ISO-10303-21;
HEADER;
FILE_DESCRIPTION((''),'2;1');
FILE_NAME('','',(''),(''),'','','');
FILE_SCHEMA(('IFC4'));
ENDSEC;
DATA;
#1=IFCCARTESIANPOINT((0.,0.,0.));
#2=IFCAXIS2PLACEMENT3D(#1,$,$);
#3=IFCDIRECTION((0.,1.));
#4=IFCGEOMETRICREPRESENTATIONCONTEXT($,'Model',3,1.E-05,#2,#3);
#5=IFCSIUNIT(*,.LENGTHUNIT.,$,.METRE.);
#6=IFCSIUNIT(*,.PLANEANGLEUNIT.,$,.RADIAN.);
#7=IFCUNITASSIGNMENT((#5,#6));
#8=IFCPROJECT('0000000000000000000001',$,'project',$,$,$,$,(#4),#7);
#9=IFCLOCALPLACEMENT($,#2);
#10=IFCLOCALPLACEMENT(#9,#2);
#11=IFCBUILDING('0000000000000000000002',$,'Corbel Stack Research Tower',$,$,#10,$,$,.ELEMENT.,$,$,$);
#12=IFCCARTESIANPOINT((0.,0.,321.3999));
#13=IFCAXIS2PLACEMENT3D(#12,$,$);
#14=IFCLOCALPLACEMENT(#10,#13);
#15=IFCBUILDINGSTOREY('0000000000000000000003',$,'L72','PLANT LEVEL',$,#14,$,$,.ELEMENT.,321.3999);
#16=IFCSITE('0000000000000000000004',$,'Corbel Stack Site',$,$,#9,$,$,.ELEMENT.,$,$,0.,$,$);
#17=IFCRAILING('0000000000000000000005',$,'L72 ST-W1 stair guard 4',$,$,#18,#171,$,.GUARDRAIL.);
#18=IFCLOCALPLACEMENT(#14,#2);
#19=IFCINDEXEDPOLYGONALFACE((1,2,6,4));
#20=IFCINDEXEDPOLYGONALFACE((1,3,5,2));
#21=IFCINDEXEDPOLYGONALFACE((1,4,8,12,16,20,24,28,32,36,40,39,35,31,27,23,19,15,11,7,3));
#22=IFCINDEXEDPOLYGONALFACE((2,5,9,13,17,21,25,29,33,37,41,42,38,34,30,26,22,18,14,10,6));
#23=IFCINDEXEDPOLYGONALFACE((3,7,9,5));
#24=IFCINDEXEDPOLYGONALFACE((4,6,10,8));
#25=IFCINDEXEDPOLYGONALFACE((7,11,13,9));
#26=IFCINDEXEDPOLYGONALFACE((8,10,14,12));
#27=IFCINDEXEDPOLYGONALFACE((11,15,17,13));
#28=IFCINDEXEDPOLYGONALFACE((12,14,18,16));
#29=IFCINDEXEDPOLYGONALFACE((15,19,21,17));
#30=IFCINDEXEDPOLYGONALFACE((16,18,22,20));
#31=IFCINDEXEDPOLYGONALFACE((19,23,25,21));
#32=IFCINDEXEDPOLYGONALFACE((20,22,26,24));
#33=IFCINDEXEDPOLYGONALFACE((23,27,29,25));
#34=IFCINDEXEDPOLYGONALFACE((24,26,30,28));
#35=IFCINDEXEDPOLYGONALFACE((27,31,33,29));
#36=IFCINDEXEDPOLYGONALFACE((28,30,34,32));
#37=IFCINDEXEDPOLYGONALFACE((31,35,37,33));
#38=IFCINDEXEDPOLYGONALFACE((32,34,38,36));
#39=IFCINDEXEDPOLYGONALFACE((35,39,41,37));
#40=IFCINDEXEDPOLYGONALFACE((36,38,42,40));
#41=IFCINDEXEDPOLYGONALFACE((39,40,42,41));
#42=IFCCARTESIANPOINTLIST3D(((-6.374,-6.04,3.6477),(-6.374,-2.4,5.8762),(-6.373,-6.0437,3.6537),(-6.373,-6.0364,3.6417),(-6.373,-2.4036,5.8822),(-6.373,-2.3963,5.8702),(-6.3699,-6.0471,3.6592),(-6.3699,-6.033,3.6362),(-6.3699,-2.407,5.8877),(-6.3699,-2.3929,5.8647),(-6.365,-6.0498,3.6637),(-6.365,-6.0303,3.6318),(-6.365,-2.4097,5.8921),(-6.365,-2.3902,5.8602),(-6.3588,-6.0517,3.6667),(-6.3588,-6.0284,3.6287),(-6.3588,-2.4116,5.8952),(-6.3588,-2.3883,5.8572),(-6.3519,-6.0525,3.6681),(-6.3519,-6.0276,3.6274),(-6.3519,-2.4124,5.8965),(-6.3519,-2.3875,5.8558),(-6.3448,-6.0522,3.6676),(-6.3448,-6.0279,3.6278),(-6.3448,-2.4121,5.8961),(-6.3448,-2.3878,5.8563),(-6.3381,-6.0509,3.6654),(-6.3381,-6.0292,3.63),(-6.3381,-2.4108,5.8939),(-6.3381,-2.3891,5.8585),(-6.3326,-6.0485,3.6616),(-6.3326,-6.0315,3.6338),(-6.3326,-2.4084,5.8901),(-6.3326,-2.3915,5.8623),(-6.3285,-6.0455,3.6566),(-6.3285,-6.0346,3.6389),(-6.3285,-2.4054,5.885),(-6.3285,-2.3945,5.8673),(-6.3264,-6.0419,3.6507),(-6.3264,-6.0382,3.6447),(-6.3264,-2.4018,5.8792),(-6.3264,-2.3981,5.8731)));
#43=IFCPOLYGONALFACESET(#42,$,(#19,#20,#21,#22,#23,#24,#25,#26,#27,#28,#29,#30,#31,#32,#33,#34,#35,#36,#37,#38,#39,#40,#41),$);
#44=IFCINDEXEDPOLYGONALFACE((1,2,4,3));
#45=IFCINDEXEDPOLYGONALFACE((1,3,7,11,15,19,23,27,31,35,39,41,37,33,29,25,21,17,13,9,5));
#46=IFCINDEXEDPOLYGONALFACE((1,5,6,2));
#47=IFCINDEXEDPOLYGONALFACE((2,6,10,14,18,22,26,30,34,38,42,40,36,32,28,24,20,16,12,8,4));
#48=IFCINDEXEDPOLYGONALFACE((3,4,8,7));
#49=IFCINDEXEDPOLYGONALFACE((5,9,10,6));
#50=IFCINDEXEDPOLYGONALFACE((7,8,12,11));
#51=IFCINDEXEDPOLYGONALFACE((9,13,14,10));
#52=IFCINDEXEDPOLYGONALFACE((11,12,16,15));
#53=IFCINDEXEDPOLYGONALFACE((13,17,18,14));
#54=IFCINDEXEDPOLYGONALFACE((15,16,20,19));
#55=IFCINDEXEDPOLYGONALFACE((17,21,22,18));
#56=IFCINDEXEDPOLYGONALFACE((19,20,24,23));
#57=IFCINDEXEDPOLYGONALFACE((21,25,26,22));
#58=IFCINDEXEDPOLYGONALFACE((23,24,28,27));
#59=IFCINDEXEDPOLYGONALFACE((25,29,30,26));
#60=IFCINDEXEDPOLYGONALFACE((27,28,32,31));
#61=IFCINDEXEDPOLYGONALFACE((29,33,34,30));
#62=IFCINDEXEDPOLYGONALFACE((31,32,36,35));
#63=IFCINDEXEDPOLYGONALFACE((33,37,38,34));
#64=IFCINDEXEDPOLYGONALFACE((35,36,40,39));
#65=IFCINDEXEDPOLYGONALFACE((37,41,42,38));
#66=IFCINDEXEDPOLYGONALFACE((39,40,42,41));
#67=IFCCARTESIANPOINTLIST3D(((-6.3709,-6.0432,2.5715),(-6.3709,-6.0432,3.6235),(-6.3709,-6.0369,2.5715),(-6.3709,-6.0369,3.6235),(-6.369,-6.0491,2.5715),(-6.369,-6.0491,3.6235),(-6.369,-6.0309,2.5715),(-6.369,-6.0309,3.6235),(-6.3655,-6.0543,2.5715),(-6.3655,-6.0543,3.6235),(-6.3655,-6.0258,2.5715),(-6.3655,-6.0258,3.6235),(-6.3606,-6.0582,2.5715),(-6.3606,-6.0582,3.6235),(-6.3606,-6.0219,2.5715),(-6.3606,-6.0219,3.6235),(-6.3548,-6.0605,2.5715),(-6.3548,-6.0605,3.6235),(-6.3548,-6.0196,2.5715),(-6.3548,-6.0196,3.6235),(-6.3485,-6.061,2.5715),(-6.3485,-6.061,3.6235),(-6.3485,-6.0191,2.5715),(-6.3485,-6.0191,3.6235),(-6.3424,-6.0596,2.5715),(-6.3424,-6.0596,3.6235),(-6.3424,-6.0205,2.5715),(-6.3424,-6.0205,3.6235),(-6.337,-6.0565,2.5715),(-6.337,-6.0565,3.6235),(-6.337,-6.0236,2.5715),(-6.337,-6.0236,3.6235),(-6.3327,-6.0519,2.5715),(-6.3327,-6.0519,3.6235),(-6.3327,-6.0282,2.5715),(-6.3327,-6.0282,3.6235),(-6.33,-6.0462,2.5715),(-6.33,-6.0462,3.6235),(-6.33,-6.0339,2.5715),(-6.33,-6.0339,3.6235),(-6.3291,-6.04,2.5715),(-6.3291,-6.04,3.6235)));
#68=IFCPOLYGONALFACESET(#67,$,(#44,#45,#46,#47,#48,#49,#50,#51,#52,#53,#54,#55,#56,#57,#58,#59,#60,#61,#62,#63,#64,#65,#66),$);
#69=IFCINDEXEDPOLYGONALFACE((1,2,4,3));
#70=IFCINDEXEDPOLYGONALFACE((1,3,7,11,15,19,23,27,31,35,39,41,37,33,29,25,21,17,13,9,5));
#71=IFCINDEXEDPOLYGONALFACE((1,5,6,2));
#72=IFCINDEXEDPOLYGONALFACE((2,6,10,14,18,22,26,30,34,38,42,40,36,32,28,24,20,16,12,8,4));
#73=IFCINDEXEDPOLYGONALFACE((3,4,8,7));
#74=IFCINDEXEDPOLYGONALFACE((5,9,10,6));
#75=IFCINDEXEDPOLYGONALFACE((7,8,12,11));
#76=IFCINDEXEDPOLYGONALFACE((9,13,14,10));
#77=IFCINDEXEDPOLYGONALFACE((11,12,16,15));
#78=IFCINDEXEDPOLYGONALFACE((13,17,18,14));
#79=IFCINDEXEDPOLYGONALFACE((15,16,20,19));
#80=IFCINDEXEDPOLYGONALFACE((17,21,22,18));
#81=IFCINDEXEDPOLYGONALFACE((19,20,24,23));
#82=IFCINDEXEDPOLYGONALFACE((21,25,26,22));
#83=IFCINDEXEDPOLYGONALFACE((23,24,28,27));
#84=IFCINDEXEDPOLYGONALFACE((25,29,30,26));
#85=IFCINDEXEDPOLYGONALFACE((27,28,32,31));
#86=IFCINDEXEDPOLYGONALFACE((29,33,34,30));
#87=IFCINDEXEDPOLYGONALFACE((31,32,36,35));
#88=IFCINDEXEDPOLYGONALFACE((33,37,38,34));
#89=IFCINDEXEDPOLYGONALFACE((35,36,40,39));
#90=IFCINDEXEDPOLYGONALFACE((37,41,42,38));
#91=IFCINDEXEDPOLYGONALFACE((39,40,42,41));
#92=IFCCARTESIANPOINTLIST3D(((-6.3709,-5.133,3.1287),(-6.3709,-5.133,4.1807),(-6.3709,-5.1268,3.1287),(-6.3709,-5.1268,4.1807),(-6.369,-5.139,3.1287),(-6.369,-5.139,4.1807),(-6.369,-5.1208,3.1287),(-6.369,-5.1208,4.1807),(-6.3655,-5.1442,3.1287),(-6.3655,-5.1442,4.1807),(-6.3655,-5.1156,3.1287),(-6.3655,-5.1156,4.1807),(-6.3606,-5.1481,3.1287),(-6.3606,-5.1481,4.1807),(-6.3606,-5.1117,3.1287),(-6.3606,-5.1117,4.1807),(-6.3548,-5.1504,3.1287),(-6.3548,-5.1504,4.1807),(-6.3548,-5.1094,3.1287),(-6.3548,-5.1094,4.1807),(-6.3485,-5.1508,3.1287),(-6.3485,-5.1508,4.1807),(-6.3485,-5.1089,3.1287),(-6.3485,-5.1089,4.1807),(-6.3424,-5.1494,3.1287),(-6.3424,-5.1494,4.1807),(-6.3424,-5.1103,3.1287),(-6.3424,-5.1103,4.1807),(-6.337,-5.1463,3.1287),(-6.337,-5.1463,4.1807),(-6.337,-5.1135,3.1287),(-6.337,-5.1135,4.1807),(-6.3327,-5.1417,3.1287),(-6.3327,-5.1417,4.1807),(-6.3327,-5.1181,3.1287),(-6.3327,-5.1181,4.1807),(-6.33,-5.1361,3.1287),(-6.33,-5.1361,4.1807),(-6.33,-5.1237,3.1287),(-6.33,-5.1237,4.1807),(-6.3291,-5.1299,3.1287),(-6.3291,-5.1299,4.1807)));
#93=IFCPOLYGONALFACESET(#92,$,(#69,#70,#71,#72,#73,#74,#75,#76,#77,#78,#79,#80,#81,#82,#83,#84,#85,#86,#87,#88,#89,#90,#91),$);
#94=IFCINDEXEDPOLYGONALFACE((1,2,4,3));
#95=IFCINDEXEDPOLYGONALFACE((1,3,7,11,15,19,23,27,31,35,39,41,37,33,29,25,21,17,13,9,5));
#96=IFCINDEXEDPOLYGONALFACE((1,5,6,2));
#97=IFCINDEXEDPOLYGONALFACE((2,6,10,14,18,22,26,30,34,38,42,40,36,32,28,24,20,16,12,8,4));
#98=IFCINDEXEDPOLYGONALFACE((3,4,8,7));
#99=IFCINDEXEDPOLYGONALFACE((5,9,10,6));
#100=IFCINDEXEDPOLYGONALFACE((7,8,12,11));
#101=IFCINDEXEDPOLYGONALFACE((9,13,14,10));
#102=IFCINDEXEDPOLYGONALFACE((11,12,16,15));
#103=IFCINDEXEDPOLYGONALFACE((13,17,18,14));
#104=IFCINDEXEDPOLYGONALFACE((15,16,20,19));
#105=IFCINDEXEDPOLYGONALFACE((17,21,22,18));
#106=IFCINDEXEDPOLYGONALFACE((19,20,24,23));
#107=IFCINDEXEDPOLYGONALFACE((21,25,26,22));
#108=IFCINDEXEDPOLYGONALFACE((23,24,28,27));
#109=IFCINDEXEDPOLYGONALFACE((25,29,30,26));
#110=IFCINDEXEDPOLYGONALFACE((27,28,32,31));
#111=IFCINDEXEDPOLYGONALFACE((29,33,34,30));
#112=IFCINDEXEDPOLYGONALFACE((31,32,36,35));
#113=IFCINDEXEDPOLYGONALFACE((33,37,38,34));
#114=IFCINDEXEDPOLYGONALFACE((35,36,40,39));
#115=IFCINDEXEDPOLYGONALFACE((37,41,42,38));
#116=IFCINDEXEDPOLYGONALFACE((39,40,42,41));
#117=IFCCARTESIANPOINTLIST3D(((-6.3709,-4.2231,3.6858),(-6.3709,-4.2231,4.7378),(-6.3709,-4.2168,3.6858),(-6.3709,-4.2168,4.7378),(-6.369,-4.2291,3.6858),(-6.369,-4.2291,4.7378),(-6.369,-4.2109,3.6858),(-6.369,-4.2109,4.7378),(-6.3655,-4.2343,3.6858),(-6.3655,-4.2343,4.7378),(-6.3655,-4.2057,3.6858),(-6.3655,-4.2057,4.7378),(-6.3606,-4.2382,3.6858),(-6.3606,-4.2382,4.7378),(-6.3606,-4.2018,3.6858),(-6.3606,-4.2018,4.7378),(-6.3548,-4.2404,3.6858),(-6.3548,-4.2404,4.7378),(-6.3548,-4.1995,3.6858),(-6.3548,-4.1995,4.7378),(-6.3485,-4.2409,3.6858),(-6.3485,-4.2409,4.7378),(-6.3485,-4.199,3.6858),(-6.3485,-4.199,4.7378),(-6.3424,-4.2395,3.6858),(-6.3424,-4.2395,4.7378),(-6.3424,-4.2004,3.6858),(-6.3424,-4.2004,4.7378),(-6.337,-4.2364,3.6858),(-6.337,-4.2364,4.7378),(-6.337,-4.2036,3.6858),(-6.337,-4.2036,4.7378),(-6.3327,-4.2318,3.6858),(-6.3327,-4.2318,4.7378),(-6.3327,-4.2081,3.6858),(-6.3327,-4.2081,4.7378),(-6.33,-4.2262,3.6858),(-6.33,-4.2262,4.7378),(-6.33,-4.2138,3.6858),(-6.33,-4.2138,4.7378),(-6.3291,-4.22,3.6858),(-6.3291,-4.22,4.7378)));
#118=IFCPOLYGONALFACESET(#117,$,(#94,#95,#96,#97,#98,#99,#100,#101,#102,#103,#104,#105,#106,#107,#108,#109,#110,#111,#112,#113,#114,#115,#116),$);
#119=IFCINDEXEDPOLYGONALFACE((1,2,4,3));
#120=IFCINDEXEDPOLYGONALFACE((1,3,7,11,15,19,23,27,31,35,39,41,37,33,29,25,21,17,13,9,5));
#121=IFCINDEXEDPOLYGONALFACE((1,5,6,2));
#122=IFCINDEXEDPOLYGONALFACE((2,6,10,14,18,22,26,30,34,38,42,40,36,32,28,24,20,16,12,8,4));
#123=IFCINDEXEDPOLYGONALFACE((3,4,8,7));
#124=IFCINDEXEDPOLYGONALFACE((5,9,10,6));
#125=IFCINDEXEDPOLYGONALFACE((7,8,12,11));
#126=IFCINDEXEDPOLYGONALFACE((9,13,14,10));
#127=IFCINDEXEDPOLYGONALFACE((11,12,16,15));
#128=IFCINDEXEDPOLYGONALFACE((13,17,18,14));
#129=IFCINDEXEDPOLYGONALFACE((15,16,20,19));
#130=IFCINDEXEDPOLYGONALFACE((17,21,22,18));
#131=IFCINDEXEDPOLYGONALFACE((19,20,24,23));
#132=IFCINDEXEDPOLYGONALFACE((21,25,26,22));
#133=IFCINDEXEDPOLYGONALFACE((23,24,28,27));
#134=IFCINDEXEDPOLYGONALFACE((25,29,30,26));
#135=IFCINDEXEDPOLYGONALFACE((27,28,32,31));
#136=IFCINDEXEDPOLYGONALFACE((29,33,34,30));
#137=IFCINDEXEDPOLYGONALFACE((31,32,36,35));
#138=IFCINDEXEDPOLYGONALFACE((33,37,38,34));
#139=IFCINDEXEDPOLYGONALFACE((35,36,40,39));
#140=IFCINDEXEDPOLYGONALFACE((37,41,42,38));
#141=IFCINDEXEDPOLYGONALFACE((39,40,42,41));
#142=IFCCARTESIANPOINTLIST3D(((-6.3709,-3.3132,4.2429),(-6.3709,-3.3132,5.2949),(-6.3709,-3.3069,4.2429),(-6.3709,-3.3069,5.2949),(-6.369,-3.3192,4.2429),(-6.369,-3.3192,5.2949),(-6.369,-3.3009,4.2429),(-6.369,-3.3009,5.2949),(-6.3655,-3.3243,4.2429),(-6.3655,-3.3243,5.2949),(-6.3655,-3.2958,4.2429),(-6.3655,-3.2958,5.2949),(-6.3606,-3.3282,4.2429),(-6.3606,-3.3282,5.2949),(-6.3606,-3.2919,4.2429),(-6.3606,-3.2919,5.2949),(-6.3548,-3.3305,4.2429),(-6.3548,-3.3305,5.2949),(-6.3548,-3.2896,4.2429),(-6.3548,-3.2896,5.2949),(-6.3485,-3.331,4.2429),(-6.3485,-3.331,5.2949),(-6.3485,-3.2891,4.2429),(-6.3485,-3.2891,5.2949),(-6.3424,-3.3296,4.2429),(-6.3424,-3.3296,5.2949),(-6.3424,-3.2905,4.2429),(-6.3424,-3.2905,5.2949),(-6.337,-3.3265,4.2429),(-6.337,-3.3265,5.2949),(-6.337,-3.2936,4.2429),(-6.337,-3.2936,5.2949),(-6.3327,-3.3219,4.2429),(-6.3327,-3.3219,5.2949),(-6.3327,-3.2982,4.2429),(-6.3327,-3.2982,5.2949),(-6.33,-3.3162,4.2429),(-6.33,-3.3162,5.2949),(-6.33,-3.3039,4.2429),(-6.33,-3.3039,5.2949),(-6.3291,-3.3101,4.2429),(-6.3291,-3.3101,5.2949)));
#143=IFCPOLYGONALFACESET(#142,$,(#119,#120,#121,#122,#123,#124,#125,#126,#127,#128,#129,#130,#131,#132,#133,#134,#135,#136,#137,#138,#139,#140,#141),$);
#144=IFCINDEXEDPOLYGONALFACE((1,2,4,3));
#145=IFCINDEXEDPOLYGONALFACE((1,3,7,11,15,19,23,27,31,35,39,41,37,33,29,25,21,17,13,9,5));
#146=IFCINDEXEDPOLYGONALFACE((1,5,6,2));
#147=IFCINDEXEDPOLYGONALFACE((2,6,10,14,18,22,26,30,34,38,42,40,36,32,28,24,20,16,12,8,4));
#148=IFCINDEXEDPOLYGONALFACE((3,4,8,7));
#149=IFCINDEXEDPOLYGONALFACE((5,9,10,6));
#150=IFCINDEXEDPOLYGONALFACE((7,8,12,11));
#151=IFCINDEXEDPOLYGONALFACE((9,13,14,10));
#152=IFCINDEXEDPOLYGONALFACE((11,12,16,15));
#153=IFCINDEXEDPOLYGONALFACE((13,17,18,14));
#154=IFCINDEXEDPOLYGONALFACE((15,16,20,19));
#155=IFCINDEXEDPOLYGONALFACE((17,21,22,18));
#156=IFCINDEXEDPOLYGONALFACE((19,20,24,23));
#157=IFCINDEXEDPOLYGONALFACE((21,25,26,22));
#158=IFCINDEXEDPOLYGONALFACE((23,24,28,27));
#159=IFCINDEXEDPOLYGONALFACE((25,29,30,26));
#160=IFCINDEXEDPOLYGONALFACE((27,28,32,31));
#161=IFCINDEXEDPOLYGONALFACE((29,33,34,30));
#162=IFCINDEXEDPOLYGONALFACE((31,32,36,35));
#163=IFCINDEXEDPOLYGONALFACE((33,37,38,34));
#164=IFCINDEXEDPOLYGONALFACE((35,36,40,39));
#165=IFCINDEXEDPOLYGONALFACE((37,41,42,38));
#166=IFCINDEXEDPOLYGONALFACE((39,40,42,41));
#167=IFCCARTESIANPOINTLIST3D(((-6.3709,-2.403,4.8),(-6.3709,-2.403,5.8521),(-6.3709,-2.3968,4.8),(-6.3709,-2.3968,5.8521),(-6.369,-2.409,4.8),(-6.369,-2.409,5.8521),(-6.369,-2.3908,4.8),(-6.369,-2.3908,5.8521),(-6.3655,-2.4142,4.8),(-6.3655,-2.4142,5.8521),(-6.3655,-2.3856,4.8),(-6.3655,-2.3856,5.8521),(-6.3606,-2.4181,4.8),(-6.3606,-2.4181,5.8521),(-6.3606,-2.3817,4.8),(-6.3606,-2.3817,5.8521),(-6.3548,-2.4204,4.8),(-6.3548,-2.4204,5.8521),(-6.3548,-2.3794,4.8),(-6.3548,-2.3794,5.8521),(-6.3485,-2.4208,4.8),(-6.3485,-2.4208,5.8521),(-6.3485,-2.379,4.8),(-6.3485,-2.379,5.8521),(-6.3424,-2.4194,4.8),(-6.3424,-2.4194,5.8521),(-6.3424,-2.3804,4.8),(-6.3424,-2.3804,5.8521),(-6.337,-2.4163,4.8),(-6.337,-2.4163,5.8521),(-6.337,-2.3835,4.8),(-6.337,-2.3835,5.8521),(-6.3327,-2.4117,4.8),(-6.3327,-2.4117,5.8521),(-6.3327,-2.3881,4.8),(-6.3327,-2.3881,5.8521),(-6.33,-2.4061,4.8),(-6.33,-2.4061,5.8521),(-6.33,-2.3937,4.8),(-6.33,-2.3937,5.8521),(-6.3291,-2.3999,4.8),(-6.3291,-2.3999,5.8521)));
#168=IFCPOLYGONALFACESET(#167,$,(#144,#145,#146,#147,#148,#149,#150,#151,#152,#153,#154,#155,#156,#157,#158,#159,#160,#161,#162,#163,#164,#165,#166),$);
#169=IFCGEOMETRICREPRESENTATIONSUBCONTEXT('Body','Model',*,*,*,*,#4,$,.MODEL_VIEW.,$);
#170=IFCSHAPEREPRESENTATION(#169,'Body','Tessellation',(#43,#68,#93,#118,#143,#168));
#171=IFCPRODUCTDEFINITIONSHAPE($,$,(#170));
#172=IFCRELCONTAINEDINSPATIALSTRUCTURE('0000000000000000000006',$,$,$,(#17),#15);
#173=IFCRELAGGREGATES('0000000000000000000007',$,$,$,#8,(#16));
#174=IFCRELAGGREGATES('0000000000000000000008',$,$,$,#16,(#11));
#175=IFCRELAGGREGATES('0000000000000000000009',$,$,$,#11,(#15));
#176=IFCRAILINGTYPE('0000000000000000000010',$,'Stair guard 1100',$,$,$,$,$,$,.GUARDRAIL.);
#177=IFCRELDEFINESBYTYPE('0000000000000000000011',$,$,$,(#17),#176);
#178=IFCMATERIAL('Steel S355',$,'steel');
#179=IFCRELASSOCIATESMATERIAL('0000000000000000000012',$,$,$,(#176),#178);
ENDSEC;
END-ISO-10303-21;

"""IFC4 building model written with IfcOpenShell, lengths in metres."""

from ifc_helpers import new_model, si_unit, direction, frame, origin, origin_2d, place, context, subcontext, project, spatial, circle, extrude, material, type_object, element, save


model = new_model("IFC4")

# Units and contexts
model_context = context("Model", 3, precision=1e-05, world=origin(), true_north=direction((0.0, 1.0)))
body_context = subcontext(model_context, "Body", "Model", "MODEL_VIEW")
ifc_project = project(units=[si_unit("LENGTHUNIT", "METRE"), si_unit("PLANEANGLEUNIT", "RADIAN")], contexts=[model_context])

# Site, building, storey
site_placement = place(None, origin())
site = spatial("IfcSite", under=ifc_project, at=site_placement, Name="Corbel Stack Site", CompositionType="ELEMENT", RefElevation=0.0)
building_placement = place(site_placement, origin())
building = spatial("IfcBuilding", under=site, at=building_placement, Name="Corbel Stack Research Tower", CompositionType="ELEMENT")
storey_placement = place(building_placement, frame((0.0, 0.0, 321.3999)))
storey = spatial("IfcBuildingStorey", under=building, at=storey_placement, Name="L72", Description="PLANT LEVEL", CompositionType="ELEMENT", Elevation=321.3999)

# Railing
ifc_material_1 = material(Name="Steel S355", Category="steel")
railing_type_1 = type_object("IfcRailingType", Name="Stair guard 1100", PredefinedType="GUARDRAIL", material=ifc_material_1)
railing_1_placement = place(storey_placement, frame((-6.3501, -6.04, 2.5715)))
element("IfcRailing", 1, at=railing_1_placement, inside=storey, type_object=railing_type_1, Name="L72 ST-W1 stair guard 4", PredefinedType="GUARDRAIL", context=body_context, shape_type="SweptSolid", body=[
    extrude(circle(Radius=0.0239, at=origin_2d()), frame((0.0, 0.0, 1.0762), z_axis=(0.0, 0.852866, 0.52213), x_axis=(-1.0, 0.0, 0.0)), (0.0, 0.0, 1.0), 4.2681),
    extrude(circle(Radius=0.021, at=origin_2d()), origin(), (0.0, 0.0, 1.0), 1.052),
    extrude(circle(Radius=0.021, at=origin_2d()), frame((0.0, 0.9102, 0.5571)), (0.0, 0.0, 1.0), 1.052),
    extrude(circle(Radius=0.021, at=origin_2d()), frame((0.0, 1.8201, 1.1143)), (0.0, 0.0, 1.0), 1.052),
    extrude(circle(Radius=0.021, at=origin_2d()), frame((0.0, 2.73, 1.6714)), (0.0, 0.0, 1.0), 1.052),
    extrude(circle(Radius=0.021, at=origin_2d()), frame((0.0, 3.6401, 2.2285)), (0.0, 0.0, 1.0), 1.052),
])

save(model, "model.ifc")
